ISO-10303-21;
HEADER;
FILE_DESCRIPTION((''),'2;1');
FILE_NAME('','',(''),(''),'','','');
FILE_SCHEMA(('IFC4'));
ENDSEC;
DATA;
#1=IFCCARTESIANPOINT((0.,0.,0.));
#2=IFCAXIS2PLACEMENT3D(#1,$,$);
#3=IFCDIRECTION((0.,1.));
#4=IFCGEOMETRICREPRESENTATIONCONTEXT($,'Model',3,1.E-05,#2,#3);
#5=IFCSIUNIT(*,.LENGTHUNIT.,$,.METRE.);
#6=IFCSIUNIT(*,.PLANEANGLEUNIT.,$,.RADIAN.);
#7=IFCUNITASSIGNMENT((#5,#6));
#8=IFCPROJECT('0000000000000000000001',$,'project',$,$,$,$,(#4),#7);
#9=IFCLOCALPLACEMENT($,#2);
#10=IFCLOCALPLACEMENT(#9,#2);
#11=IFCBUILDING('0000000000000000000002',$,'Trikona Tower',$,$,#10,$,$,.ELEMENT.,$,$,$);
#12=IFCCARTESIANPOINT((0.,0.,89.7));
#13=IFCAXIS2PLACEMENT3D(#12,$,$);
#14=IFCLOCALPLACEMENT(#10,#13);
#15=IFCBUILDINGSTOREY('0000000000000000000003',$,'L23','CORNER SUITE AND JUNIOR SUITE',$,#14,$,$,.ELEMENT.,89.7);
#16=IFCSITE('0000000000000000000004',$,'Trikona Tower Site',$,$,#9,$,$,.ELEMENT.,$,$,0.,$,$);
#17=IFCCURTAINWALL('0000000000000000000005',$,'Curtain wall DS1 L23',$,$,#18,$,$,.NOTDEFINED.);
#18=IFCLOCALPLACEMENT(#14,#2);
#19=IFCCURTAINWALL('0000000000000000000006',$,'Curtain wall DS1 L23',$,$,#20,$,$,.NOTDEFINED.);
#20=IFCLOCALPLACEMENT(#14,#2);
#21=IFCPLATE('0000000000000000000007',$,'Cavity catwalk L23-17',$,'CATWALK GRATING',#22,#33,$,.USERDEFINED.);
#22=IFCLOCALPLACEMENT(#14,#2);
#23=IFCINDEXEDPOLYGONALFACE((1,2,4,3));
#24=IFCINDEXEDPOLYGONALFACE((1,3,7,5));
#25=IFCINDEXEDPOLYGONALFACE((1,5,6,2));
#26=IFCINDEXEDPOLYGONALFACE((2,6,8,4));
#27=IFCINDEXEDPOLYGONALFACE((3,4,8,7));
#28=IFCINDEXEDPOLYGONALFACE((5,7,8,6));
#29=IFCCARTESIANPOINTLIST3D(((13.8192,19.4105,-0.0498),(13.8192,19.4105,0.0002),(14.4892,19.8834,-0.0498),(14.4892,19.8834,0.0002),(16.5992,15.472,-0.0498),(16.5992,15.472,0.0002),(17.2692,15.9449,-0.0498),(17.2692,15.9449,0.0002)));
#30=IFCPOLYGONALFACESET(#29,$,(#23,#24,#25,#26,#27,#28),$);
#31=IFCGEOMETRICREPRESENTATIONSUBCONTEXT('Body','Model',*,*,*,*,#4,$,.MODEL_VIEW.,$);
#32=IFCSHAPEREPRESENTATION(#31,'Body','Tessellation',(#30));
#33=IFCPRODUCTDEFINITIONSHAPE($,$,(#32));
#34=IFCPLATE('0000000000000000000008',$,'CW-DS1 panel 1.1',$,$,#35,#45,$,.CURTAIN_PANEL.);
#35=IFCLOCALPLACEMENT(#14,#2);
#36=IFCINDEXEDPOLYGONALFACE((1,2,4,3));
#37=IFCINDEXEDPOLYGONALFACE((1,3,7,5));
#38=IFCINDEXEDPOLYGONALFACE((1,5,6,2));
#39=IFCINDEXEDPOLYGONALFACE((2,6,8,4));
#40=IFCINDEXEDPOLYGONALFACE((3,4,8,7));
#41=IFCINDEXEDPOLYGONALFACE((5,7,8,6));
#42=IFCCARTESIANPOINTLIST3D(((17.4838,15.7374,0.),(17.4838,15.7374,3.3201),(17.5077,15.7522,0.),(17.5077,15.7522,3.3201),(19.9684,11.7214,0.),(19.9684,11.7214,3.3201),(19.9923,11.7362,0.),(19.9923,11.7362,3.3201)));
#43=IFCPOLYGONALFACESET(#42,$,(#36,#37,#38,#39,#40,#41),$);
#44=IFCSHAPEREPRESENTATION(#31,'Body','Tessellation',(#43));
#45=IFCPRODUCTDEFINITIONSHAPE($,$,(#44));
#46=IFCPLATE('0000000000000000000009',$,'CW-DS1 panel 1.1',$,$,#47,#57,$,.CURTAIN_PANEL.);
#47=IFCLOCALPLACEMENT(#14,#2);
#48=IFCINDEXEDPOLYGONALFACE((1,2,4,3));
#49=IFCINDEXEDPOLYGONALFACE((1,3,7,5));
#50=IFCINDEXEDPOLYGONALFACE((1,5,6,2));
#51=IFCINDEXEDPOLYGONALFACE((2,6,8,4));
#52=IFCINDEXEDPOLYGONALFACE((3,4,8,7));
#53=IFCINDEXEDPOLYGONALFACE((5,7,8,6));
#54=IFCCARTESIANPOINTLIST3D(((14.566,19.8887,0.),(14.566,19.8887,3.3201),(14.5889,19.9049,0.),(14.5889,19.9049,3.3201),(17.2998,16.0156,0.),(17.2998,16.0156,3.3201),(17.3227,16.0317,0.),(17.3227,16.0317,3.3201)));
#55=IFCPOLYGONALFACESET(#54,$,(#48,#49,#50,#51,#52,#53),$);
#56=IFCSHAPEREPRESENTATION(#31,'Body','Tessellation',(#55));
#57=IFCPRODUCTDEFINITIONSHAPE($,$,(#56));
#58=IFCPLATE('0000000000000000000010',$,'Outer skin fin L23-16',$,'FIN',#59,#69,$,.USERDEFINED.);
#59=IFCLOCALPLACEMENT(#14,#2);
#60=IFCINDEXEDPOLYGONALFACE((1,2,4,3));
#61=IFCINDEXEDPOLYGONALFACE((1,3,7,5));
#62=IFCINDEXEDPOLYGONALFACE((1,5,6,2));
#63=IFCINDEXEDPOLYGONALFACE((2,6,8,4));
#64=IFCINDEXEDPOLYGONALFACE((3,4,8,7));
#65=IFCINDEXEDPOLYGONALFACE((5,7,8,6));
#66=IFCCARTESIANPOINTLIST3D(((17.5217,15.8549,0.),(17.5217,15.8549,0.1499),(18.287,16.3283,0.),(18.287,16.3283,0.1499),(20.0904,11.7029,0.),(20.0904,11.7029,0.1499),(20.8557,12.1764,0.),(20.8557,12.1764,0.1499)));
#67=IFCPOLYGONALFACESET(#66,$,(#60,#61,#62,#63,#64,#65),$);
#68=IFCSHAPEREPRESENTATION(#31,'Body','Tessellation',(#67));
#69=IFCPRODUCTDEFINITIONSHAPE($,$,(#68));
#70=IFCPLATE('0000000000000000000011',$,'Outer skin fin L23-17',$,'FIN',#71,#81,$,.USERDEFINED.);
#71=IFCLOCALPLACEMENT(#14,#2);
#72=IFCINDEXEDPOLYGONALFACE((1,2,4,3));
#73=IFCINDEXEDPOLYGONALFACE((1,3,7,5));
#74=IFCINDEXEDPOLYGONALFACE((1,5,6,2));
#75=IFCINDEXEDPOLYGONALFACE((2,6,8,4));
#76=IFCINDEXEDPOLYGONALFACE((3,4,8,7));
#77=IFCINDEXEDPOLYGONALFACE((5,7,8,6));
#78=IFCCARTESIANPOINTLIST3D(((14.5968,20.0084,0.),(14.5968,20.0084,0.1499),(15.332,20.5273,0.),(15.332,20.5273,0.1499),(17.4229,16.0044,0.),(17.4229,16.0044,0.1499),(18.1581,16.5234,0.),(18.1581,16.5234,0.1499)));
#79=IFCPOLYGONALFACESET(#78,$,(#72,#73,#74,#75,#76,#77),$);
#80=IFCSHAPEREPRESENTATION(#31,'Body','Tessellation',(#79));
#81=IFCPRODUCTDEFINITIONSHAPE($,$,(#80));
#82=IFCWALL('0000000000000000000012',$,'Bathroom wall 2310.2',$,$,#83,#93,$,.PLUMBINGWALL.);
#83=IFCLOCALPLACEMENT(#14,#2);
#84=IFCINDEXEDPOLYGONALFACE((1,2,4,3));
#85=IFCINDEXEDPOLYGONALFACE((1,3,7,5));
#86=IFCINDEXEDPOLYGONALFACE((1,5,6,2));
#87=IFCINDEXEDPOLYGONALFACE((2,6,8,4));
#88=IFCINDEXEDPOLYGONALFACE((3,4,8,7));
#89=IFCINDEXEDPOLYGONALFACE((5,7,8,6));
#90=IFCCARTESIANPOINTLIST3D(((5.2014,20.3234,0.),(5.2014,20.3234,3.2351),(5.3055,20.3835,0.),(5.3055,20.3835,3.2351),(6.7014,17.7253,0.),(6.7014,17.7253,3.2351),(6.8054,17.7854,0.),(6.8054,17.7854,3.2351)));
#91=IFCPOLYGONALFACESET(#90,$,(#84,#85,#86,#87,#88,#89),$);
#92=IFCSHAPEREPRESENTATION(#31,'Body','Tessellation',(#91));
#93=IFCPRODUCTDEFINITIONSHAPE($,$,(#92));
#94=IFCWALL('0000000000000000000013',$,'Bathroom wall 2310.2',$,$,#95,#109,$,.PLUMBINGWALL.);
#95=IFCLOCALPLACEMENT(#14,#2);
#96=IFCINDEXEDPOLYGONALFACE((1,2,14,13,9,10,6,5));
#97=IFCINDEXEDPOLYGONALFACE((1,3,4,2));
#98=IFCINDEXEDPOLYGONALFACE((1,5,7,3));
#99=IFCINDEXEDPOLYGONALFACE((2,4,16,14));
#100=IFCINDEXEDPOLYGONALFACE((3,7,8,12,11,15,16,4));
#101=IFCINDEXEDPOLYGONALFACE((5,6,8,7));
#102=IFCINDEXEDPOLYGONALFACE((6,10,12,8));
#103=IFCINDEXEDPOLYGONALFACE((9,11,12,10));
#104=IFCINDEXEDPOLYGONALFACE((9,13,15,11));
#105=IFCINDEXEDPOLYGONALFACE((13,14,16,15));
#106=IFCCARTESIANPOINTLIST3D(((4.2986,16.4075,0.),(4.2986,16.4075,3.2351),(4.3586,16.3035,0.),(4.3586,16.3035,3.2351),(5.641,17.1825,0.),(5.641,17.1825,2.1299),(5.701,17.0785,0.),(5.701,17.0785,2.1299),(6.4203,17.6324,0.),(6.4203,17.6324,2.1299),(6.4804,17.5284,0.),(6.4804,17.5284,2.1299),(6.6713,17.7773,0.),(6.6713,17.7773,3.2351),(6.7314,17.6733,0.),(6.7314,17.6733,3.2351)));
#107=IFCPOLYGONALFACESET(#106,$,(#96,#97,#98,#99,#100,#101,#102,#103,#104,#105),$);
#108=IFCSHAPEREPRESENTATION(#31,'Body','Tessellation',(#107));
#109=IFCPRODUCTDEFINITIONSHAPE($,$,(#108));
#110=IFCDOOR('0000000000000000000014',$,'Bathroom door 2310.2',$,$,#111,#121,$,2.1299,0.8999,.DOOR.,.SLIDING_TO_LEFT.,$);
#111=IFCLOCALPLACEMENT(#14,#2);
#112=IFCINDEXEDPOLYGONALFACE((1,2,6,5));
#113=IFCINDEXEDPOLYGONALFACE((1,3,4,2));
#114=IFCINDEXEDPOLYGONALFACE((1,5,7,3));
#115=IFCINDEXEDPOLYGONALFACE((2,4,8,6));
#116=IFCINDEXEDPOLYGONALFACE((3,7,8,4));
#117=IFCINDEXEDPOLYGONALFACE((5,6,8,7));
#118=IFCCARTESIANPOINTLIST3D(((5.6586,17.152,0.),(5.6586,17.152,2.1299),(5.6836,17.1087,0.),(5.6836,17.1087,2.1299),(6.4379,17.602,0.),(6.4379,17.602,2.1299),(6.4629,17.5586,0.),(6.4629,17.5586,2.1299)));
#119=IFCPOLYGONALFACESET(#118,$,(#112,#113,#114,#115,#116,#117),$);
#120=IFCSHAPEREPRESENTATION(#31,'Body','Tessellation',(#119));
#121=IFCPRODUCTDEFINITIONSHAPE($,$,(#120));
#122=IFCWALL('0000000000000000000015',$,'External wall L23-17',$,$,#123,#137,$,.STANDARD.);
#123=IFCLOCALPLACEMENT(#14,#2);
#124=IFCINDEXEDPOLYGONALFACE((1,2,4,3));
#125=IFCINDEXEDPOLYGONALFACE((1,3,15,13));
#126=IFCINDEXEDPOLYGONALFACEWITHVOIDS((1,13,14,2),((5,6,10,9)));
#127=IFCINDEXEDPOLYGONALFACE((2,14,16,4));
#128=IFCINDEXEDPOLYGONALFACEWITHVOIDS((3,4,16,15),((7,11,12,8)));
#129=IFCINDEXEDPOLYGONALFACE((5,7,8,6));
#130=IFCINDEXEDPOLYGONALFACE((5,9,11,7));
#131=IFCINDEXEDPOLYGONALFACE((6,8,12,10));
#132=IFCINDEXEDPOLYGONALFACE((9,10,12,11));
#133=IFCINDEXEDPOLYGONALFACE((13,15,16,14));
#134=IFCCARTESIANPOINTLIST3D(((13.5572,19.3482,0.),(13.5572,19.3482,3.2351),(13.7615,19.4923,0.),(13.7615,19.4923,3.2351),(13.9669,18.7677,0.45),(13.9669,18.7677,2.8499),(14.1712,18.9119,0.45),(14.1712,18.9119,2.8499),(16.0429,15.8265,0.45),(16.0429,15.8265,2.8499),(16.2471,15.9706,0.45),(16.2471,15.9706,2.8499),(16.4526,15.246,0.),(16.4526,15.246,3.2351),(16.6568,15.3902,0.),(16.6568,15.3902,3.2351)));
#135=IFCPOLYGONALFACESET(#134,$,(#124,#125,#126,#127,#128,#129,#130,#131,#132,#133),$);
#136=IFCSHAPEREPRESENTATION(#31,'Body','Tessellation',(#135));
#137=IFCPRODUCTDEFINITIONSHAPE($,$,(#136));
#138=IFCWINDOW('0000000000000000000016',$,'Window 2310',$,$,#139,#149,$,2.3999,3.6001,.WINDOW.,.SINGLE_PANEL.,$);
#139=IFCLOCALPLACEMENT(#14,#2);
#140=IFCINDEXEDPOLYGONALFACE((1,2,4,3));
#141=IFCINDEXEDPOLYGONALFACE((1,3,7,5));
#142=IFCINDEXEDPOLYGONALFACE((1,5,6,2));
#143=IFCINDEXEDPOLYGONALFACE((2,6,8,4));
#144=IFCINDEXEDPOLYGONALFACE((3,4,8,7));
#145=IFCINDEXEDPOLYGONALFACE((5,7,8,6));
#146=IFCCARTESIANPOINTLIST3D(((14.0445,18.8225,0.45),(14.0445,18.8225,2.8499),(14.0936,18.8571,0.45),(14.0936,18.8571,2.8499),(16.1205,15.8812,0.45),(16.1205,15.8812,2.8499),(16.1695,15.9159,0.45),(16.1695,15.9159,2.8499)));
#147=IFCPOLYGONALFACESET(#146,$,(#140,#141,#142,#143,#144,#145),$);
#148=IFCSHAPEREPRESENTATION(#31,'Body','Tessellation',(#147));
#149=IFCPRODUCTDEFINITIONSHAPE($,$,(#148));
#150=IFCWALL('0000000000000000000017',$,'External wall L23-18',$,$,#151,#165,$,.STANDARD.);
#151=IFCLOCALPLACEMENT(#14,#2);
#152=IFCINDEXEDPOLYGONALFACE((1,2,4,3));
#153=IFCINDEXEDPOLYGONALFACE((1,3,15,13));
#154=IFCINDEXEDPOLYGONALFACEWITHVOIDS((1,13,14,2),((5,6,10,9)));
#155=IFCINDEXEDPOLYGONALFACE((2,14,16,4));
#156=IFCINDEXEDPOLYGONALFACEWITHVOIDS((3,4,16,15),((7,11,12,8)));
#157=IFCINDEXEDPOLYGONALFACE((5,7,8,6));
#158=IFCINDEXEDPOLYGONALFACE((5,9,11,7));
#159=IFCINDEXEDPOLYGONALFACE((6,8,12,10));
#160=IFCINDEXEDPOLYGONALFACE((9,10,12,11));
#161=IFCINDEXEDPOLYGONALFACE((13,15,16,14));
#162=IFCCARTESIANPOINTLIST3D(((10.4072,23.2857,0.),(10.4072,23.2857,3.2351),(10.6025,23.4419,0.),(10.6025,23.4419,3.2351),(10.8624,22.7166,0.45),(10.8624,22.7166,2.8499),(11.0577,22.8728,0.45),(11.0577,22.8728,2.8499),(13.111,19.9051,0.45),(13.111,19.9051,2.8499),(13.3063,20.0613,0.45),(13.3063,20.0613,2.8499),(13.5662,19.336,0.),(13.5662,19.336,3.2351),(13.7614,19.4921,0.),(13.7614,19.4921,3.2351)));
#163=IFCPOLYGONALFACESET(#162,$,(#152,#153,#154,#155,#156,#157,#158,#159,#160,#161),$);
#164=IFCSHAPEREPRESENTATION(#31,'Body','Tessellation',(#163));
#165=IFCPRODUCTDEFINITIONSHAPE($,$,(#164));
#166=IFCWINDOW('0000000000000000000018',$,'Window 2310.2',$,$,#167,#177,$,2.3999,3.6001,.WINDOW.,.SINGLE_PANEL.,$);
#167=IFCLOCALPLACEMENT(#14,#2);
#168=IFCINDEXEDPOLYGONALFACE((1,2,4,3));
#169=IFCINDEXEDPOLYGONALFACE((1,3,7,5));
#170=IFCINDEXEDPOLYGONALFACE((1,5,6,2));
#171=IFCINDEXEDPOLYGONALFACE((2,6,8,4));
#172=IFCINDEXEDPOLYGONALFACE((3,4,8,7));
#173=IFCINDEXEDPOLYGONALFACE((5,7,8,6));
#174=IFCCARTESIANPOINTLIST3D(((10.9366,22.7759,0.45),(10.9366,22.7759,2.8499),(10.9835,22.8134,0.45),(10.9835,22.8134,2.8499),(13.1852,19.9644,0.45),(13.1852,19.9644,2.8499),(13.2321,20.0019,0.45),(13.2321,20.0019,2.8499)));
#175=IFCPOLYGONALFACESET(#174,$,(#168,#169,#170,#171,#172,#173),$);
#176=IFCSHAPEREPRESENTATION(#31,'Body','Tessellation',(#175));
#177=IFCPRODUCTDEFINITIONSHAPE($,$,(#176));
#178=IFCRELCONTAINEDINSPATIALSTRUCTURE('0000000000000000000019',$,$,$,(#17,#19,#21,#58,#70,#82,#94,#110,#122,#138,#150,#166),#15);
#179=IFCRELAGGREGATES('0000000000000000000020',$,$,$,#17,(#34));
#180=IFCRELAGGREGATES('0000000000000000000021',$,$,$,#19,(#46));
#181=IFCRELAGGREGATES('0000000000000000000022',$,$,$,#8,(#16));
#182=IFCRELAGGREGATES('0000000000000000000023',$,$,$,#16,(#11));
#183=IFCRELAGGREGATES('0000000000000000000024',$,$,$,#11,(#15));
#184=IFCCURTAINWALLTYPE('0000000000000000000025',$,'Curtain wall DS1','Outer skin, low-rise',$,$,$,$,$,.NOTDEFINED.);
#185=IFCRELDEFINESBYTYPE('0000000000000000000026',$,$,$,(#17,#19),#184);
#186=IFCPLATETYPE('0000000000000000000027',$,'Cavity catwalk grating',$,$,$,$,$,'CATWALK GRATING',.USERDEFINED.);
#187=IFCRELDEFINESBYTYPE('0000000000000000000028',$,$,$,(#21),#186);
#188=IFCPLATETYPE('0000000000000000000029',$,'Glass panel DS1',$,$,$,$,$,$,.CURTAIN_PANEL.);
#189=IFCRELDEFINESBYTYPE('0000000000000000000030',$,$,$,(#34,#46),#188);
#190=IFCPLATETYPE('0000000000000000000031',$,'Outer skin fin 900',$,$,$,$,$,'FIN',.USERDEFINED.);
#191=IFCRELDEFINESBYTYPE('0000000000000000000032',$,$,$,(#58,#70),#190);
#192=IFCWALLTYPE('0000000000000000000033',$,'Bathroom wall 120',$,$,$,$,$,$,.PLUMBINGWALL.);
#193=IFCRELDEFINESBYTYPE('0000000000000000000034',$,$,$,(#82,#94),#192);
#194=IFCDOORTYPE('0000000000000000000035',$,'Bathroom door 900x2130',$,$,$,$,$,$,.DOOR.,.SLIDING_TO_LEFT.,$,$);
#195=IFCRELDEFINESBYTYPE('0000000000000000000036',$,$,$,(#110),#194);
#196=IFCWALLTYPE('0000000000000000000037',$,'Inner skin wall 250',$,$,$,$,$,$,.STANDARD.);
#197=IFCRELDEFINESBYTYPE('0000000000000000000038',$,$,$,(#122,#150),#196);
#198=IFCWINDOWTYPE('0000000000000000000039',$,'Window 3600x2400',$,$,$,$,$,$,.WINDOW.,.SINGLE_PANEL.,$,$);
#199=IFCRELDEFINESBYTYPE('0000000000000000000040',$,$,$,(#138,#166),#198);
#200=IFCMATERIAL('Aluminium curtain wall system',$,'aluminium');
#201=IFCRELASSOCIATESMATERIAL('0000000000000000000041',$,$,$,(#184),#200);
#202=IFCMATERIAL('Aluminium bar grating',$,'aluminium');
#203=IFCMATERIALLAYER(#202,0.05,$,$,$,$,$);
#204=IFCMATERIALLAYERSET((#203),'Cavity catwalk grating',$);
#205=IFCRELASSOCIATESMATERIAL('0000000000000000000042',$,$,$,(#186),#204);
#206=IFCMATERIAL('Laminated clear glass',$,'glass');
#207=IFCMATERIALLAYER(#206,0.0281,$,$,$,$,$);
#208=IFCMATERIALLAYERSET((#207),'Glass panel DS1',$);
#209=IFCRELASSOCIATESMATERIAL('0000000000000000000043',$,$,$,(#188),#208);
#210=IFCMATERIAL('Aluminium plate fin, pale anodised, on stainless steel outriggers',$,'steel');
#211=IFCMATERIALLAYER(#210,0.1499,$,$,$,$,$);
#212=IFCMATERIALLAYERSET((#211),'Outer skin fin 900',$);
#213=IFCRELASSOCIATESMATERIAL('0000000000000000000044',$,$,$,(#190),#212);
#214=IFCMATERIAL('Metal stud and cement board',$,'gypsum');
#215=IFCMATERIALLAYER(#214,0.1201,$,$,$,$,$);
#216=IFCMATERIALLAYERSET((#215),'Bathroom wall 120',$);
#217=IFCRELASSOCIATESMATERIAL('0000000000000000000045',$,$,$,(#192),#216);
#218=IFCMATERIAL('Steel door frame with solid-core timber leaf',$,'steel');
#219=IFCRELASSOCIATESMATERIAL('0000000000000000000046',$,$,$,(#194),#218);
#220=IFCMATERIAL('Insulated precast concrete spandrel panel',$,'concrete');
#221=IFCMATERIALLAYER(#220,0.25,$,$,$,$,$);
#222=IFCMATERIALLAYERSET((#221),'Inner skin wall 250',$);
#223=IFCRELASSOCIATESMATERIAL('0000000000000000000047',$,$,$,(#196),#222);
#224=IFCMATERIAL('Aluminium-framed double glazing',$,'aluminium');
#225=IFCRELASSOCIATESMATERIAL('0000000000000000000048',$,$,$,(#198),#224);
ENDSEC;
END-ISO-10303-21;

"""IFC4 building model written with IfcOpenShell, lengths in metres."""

from ifc_helpers import new_model, si_unit, direction, frame, frame_2d, origin, origin_2d, place, context, subcontext, project, spatial, rectangle, extrude, material, layer, layer_set, type_object, element, fill, aggregate, save


model = new_model("IFC4")

# Units and contexts
model_context = context("Model", 3, precision=1e-05, world=origin(), true_north=direction((0.0, 1.0)))
body_context = subcontext(model_context, "Body", "Model", "MODEL_VIEW")
ifc_project = project(units=[si_unit("LENGTHUNIT", "METRE"), si_unit("PLANEANGLEUNIT", "RADIAN")], contexts=[model_context])

# Site, building, storey
site_placement = place(None, origin())
site = spatial("IfcSite", under=ifc_project, at=site_placement, Name="Trikona Tower Site", CompositionType="ELEMENT", RefElevation=0.0)
building_placement = place(site_placement, origin())
building = spatial("IfcBuilding", under=site, at=building_placement, Name="Trikona Tower", CompositionType="ELEMENT")
storey_placement = place(building_placement, frame((0.0, 0.0, 89.7)))
storey = spatial("IfcBuildingStorey", under=building, at=storey_placement, Name="L23", Description="CORNER SUITE AND JUNIOR SUITE", CompositionType="ELEMENT", Elevation=89.7)

# Curtain walls
ifc_material_1 = material(Name="Aluminium curtain wall system", Category="aluminium")
curtain_wall_type = type_object("IfcCurtainWallType", Name="Curtain wall DS1", Description="Outer skin, low-rise", PredefinedType="NOTDEFINED", material=ifc_material_1)
curtain_wall_1_placement = place(storey_placement, origin())
curtain_wall_1 = element("IfcCurtainWall", 1, at=curtain_wall_1_placement, inside=storey, type_object=curtain_wall_type, Name="Curtain wall DS1 L23", PredefinedType="NOTDEFINED")
curtain_wall_2_placement = place(storey_placement, origin())
curtain_wall_2 = element("IfcCurtainWall", 2, at=curtain_wall_2_placement, inside=storey, type_object=curtain_wall_type, Name="Curtain wall DS1 L23", PredefinedType="NOTDEFINED")

# Plate
ifc_material_2 = material(Name="Aluminium bar grating", Category="aluminium")
ifc_layer_1 = layer(ifc_material_2, 0.05)
ifc_layer_set_1 = layer_set([ifc_layer_1], Name="Cavity catwalk grating")
plate_type_1 = type_object("IfcPlateType", Name="Cavity catwalk grating", ElementType="CATWALK GRATING", PredefinedType="USERDEFINED", material=ifc_layer_set_1)
plate_1_placement = place(storey_placement, frame((15.5442, 17.6777, -0.0498), z_axis=(0.0, 0.0, 1.0), x_axis=(-0.576662, 0.816983, 0.0)))
element("IfcPlate", 3, at=plate_1_placement, inside=storey, type_object=plate_type_1, Name="Cavity catwalk L23-17", ObjectType="CATWALK GRATING", PredefinedType="USERDEFINED", context=body_context, shape_type="SweptSolid", body=[
    extrude(rectangle(XDim=4.8208, YDim=0.8201, at=origin_2d()), origin(), (0.0, 0.0, 1.0), 0.05),
])

# Plates
ifc_material_3 = material(Name="Laminated clear glass", Category="glass")
ifc_layer_2 = layer(ifc_material_3, 0.0281)
ifc_layer_set_2 = layer_set([ifc_layer_2], Name="Glass panel DS1")
plate_type_2 = type_object("IfcPlateType", Name="Glass panel DS1", PredefinedType="CURTAIN_PANEL", material=ifc_layer_set_2)
plate_2_placement = place(storey_placement, frame((18.738, 13.7368, 0.0), z_axis=(0.0, 0.0, 1.0), x_axis=(-0.52612, 0.85041, 0.0)))
plate_2 = element("IfcPlate", 4, at=plate_2_placement, type_object=plate_type_2, Name="CW-DS1 panel 1.1", PredefinedType="CURTAIN_PANEL", context=body_context, shape_type="SweptSolid", body=[
    extrude(rectangle(XDim=4.7224, YDim=0.0281, at=origin_2d()), origin(), (0.0, 0.0, 1.0), 3.3201),
])
aggregate(curtain_wall_1, [plate_2])
plate_3_placement = place(storey_placement, frame((15.9443, 17.9602, 0.0), z_axis=(0.0, 0.0, 1.0), x_axis=(-0.576658, 0.816985, 0.0)))
plate_3 = element("IfcPlate", 5, at=plate_3_placement, type_object=plate_type_2, Name="CW-DS1 panel 1.1", PredefinedType="CURTAIN_PANEL", context=body_context, shape_type="SweptSolid", body=[
    extrude(rectangle(XDim=4.7407, YDim=0.0281, at=origin_2d()), origin(), (0.0, 0.0, 1.0), 3.3201),
])
aggregate(curtain_wall_2, [plate_3])

# Plates
ifc_material_4 = material(Name="Aluminium plate fin, pale anodised, on stainless steel outriggers", Category="steel")
ifc_layer_3 = layer(ifc_material_4, 0.1499)
ifc_layer_set_3 = layer_set([ifc_layer_3], Name="Outer skin fin 900")
plate_type_3 = type_object("IfcPlateType", Name="Outer skin fin 900", ElementType="FIN", PredefinedType="USERDEFINED", material=ifc_layer_set_3)
plate_4_placement = place(storey_placement, frame((19.1887, 14.0156, 0.0), z_axis=(0.0, 0.0, 1.0), x_axis=(-0.526119, 0.850411, 0.0)))
element("IfcPlate", 6, at=plate_4_placement, inside=storey, type_object=plate_type_3, Name="Outer skin fin L23-16", ObjectType="FIN", PredefinedType="USERDEFINED", context=body_context, shape_type="SweptSolid", body=[
    extrude(rectangle(XDim=4.8823, YDim=0.8999, at=origin_2d()), origin(), (0.0, 0.0, 1.0), 0.1499),
])
plate_5_placement = place(storey_placement, frame((16.3774, 18.2659, 0.0), z_axis=(0.0, 0.0, 1.0), x_axis=(-0.576662, 0.816983, 0.0)))
element("IfcPlate", 7, at=plate_5_placement, inside=storey, type_object=plate_type_3, Name="Outer skin fin L23-17", ObjectType="FIN", PredefinedType="USERDEFINED", context=body_context, shape_type="SweptSolid", body=[
    extrude(rectangle(XDim=4.9009, YDim=0.8999, at=origin_2d()), origin(), (0.0, 0.0, 1.0), 0.1499),
])

# Wall
ifc_material_5 = material(Name="Metal stud and cement board", Category="gypsum")
ifc_layer_4 = layer(ifc_material_5, 0.1201)
ifc_layer_set_4 = layer_set([ifc_layer_4], Name="Bathroom wall 120")
wall_type_1 = type_object("IfcWallType", Name="Bathroom wall 120", PredefinedType="PLUMBINGWALL", material=ifc_layer_set_4)
wall_1_placement = place(storey_placement, frame((6.7534, 17.7554, 0.0), z_axis=(0.0, 0.0, 1.0), x_axis=(-0.49999, 0.866031, 0.0)))
element("IfcWall", 8, at=wall_1_placement, inside=storey, type_object=wall_type_1, Name="Bathroom wall 2310.2", PredefinedType="PLUMBINGWALL", context=body_context, shape_type="SweptSolid", body=[
    extrude(rectangle(XDim=3.0, YDim=0.1201, at=frame_2d((1.5, 0.0))), origin(), (0.0, 0.0, 1.0), 3.2351),
])

# Wall, opening, door
wall_2_placement = place(storey_placement, frame((4.3286, 16.3555, 0.0), z_axis=(0.0, 0.0, 1.0), x_axis=(0.866036, 0.499982, 0.0)))
wall_2 = element("IfcWall", 9, at=wall_2_placement, inside=storey, type_object=wall_type_1, Name="Bathroom wall 2310.2", PredefinedType="PLUMBINGWALL", context=body_context, shape_type="SweptSolid", body=[
    extrude(rectangle(XDim=2.7397, YDim=0.1201, at=frame_2d((1.3699, 0.0))), origin(), (0.0, 0.0, 1.0), 3.2351),
])
opening_1_placement = place(wall_2_placement, frame((1.55, 0.0, 0.0)))
opening_1 = element("IfcOpeningElement", 10, at=opening_1_placement, cuts=wall_2, PredefinedType="OPENING", context=body_context, shape_type="SweptSolid", body=[
    extrude(rectangle(XDim=0.8999, YDim=2.1299, at=frame_2d((0.45, 1.0649))), frame((0.0, 0.0701, 0.0), z_axis=(0.0, -1.0, 0.0), x_axis=(1.0, 0.0, 0.0)), (0.0, 0.0, 1.0), 0.1401),
])
ifc_material_6 = material(Name="Steel door frame with solid-core timber leaf", Category="steel")
door_type_1 = type_object("IfcDoorType", Name="Bathroom door 900x2130", OperationType="SLIDING_TO_LEFT", PredefinedType="DOOR", material=ifc_material_6)
door_1_placement = place(opening_1_placement, origin())
door_1 = element("IfcDoor", 11, at=door_1_placement, inside=storey, type_object=door_type_1, Name="Bathroom door 2310.2", OperationType="SLIDING_TO_LEFT", OverallHeight=2.1299, OverallWidth=0.8999, PredefinedType="DOOR", context=body_context, shape_type="SweptSolid", body=[
    extrude(rectangle(XDim=0.8999, YDim=2.1299, at=frame_2d((0.45, 1.0649))), frame((0.0, 0.0249, 0.0), z_axis=(0.0, -1.0, 0.0), x_axis=(1.0, 0.0, 0.0)), (0.0, 0.0, 1.0), 0.05),
])
fill(opening_1, door_1)

# Walls, openings, windows
ifc_material_7 = material(Name="Insulated precast concrete spandrel panel", Category="concrete")
ifc_layer_5 = layer(ifc_material_7, 0.25)
ifc_layer_set_5 = layer_set([ifc_layer_5], Name="Inner skin wall 250")
wall_type_2 = type_object("IfcWallType", Name="Inner skin wall 250", PredefinedType="STANDARD", material=ifc_layer_set_5)
wall_3_placement = place(storey_placement, frame((16.5547, 15.3181, 0.0), z_axis=(0.0, 0.0, 1.0), x_axis=(-0.576643, 0.816996, 0.0)))
wall_3 = element("IfcWall", 12, at=wall_3_placement, inside=storey, type_object=wall_type_2, Name="External wall L23-17", PredefinedType="STANDARD", context=body_context, shape_type="SweptSolid", body=[
    extrude(rectangle(XDim=5.021, YDim=0.25, at=frame_2d((2.5105, 0.0))), origin(), (0.0, 0.0, 1.0), 3.2351),
])
opening_2_placement = place(wall_3_placement, frame((0.7104, 0.0, 0.45)))
opening_2 = element("IfcOpeningElement", 13, at=opening_2_placement, cuts=wall_3, PredefinedType="OPENING", context=body_context, shape_type="SweptSolid", body=[
    extrude(rectangle(XDim=3.6001, YDim=2.3999, at=frame_2d((1.8, 1.2))), frame((0.0, 0.135, 0.0), z_axis=(0.0, -1.0, 0.0), x_axis=(1.0, 0.0, 0.0)), (0.0, 0.0, 1.0), 0.27),
])
ifc_material_8 = material(Name="Aluminium-framed double glazing", Category="aluminium")
window_type = type_object("IfcWindowType", Name="Window 3600x2400", PartitioningType="SINGLE_PANEL", PredefinedType="WINDOW", material=ifc_material_8)
window_1_placement = place(opening_2_placement, origin())
window_1 = element("IfcWindow", 14, at=window_1_placement, inside=storey, type_object=window_type, Name="Window 2310", OverallHeight=2.3999, OverallWidth=3.6001, PartitioningType="SINGLE_PANEL", PredefinedType="WINDOW", context=body_context, shape_type="SweptSolid", body=[
    extrude(rectangle(XDim=3.6001, YDim=2.3999, at=frame_2d((1.8, 1.2))), frame((0.0, 0.03, 0.0), z_axis=(0.0, -1.0, 0.0), x_axis=(1.0, 0.0, 0.0)), (0.0, 0.0, 1.0), 0.0601),
])
fill(opening_2, window_1)
wall_4_placement = place(storey_placement, frame((13.6638, 19.4141, 0.0), z_axis=(0.0, 0.0, 1.0), x_axis=(-0.624595, 0.780949, 0.0)))
wall_4 = element("IfcWall", 15, at=wall_4_placement, inside=storey, type_object=wall_type_2, Name="External wall L23-18", PredefinedType="STANDARD", context=body_context, shape_type="SweptSolid", body=[
    extrude(rectangle(XDim=5.0576, YDim=0.25, at=frame_2d((2.5288, 0.0))), origin(), (0.0, 0.0, 1.0), 3.2351),
])
opening_3_placement = place(wall_4_placement, frame((0.7288, 0.0, 0.45)))
opening_3 = element("IfcOpeningElement", 16, at=opening_3_placement, cuts=wall_4, PredefinedType="OPENING", context=body_context, shape_type="SweptSolid", body=[
    extrude(rectangle(XDim=3.6001, YDim=2.3999, at=frame_2d((1.8, 1.2))), frame((0.0, 0.135, 0.0), z_axis=(0.0, -1.0, 0.0), x_axis=(1.0, 0.0, 0.0)), (0.0, 0.0, 1.0), 0.27),
])
window_2_placement = place(opening_3_placement, origin())
window_2 = element("IfcWindow", 17, at=window_2_placement, inside=storey, type_object=window_type, Name="Window 2310.2", OverallHeight=2.3999, OverallWidth=3.6001, PartitioningType="SINGLE_PANEL", PredefinedType="WINDOW", context=body_context, shape_type="SweptSolid", body=[
    extrude(rectangle(XDim=3.6001, YDim=2.3999, at=frame_2d((1.8, 1.2))), frame((0.0, 0.03, 0.0), z_axis=(0.0, -1.0, 0.0), x_axis=(1.0, 0.0, 0.0)), (0.0, 0.0, 1.0), 0.0601),
])
fill(opening_3, window_2)

save(model, "model.ifc")
